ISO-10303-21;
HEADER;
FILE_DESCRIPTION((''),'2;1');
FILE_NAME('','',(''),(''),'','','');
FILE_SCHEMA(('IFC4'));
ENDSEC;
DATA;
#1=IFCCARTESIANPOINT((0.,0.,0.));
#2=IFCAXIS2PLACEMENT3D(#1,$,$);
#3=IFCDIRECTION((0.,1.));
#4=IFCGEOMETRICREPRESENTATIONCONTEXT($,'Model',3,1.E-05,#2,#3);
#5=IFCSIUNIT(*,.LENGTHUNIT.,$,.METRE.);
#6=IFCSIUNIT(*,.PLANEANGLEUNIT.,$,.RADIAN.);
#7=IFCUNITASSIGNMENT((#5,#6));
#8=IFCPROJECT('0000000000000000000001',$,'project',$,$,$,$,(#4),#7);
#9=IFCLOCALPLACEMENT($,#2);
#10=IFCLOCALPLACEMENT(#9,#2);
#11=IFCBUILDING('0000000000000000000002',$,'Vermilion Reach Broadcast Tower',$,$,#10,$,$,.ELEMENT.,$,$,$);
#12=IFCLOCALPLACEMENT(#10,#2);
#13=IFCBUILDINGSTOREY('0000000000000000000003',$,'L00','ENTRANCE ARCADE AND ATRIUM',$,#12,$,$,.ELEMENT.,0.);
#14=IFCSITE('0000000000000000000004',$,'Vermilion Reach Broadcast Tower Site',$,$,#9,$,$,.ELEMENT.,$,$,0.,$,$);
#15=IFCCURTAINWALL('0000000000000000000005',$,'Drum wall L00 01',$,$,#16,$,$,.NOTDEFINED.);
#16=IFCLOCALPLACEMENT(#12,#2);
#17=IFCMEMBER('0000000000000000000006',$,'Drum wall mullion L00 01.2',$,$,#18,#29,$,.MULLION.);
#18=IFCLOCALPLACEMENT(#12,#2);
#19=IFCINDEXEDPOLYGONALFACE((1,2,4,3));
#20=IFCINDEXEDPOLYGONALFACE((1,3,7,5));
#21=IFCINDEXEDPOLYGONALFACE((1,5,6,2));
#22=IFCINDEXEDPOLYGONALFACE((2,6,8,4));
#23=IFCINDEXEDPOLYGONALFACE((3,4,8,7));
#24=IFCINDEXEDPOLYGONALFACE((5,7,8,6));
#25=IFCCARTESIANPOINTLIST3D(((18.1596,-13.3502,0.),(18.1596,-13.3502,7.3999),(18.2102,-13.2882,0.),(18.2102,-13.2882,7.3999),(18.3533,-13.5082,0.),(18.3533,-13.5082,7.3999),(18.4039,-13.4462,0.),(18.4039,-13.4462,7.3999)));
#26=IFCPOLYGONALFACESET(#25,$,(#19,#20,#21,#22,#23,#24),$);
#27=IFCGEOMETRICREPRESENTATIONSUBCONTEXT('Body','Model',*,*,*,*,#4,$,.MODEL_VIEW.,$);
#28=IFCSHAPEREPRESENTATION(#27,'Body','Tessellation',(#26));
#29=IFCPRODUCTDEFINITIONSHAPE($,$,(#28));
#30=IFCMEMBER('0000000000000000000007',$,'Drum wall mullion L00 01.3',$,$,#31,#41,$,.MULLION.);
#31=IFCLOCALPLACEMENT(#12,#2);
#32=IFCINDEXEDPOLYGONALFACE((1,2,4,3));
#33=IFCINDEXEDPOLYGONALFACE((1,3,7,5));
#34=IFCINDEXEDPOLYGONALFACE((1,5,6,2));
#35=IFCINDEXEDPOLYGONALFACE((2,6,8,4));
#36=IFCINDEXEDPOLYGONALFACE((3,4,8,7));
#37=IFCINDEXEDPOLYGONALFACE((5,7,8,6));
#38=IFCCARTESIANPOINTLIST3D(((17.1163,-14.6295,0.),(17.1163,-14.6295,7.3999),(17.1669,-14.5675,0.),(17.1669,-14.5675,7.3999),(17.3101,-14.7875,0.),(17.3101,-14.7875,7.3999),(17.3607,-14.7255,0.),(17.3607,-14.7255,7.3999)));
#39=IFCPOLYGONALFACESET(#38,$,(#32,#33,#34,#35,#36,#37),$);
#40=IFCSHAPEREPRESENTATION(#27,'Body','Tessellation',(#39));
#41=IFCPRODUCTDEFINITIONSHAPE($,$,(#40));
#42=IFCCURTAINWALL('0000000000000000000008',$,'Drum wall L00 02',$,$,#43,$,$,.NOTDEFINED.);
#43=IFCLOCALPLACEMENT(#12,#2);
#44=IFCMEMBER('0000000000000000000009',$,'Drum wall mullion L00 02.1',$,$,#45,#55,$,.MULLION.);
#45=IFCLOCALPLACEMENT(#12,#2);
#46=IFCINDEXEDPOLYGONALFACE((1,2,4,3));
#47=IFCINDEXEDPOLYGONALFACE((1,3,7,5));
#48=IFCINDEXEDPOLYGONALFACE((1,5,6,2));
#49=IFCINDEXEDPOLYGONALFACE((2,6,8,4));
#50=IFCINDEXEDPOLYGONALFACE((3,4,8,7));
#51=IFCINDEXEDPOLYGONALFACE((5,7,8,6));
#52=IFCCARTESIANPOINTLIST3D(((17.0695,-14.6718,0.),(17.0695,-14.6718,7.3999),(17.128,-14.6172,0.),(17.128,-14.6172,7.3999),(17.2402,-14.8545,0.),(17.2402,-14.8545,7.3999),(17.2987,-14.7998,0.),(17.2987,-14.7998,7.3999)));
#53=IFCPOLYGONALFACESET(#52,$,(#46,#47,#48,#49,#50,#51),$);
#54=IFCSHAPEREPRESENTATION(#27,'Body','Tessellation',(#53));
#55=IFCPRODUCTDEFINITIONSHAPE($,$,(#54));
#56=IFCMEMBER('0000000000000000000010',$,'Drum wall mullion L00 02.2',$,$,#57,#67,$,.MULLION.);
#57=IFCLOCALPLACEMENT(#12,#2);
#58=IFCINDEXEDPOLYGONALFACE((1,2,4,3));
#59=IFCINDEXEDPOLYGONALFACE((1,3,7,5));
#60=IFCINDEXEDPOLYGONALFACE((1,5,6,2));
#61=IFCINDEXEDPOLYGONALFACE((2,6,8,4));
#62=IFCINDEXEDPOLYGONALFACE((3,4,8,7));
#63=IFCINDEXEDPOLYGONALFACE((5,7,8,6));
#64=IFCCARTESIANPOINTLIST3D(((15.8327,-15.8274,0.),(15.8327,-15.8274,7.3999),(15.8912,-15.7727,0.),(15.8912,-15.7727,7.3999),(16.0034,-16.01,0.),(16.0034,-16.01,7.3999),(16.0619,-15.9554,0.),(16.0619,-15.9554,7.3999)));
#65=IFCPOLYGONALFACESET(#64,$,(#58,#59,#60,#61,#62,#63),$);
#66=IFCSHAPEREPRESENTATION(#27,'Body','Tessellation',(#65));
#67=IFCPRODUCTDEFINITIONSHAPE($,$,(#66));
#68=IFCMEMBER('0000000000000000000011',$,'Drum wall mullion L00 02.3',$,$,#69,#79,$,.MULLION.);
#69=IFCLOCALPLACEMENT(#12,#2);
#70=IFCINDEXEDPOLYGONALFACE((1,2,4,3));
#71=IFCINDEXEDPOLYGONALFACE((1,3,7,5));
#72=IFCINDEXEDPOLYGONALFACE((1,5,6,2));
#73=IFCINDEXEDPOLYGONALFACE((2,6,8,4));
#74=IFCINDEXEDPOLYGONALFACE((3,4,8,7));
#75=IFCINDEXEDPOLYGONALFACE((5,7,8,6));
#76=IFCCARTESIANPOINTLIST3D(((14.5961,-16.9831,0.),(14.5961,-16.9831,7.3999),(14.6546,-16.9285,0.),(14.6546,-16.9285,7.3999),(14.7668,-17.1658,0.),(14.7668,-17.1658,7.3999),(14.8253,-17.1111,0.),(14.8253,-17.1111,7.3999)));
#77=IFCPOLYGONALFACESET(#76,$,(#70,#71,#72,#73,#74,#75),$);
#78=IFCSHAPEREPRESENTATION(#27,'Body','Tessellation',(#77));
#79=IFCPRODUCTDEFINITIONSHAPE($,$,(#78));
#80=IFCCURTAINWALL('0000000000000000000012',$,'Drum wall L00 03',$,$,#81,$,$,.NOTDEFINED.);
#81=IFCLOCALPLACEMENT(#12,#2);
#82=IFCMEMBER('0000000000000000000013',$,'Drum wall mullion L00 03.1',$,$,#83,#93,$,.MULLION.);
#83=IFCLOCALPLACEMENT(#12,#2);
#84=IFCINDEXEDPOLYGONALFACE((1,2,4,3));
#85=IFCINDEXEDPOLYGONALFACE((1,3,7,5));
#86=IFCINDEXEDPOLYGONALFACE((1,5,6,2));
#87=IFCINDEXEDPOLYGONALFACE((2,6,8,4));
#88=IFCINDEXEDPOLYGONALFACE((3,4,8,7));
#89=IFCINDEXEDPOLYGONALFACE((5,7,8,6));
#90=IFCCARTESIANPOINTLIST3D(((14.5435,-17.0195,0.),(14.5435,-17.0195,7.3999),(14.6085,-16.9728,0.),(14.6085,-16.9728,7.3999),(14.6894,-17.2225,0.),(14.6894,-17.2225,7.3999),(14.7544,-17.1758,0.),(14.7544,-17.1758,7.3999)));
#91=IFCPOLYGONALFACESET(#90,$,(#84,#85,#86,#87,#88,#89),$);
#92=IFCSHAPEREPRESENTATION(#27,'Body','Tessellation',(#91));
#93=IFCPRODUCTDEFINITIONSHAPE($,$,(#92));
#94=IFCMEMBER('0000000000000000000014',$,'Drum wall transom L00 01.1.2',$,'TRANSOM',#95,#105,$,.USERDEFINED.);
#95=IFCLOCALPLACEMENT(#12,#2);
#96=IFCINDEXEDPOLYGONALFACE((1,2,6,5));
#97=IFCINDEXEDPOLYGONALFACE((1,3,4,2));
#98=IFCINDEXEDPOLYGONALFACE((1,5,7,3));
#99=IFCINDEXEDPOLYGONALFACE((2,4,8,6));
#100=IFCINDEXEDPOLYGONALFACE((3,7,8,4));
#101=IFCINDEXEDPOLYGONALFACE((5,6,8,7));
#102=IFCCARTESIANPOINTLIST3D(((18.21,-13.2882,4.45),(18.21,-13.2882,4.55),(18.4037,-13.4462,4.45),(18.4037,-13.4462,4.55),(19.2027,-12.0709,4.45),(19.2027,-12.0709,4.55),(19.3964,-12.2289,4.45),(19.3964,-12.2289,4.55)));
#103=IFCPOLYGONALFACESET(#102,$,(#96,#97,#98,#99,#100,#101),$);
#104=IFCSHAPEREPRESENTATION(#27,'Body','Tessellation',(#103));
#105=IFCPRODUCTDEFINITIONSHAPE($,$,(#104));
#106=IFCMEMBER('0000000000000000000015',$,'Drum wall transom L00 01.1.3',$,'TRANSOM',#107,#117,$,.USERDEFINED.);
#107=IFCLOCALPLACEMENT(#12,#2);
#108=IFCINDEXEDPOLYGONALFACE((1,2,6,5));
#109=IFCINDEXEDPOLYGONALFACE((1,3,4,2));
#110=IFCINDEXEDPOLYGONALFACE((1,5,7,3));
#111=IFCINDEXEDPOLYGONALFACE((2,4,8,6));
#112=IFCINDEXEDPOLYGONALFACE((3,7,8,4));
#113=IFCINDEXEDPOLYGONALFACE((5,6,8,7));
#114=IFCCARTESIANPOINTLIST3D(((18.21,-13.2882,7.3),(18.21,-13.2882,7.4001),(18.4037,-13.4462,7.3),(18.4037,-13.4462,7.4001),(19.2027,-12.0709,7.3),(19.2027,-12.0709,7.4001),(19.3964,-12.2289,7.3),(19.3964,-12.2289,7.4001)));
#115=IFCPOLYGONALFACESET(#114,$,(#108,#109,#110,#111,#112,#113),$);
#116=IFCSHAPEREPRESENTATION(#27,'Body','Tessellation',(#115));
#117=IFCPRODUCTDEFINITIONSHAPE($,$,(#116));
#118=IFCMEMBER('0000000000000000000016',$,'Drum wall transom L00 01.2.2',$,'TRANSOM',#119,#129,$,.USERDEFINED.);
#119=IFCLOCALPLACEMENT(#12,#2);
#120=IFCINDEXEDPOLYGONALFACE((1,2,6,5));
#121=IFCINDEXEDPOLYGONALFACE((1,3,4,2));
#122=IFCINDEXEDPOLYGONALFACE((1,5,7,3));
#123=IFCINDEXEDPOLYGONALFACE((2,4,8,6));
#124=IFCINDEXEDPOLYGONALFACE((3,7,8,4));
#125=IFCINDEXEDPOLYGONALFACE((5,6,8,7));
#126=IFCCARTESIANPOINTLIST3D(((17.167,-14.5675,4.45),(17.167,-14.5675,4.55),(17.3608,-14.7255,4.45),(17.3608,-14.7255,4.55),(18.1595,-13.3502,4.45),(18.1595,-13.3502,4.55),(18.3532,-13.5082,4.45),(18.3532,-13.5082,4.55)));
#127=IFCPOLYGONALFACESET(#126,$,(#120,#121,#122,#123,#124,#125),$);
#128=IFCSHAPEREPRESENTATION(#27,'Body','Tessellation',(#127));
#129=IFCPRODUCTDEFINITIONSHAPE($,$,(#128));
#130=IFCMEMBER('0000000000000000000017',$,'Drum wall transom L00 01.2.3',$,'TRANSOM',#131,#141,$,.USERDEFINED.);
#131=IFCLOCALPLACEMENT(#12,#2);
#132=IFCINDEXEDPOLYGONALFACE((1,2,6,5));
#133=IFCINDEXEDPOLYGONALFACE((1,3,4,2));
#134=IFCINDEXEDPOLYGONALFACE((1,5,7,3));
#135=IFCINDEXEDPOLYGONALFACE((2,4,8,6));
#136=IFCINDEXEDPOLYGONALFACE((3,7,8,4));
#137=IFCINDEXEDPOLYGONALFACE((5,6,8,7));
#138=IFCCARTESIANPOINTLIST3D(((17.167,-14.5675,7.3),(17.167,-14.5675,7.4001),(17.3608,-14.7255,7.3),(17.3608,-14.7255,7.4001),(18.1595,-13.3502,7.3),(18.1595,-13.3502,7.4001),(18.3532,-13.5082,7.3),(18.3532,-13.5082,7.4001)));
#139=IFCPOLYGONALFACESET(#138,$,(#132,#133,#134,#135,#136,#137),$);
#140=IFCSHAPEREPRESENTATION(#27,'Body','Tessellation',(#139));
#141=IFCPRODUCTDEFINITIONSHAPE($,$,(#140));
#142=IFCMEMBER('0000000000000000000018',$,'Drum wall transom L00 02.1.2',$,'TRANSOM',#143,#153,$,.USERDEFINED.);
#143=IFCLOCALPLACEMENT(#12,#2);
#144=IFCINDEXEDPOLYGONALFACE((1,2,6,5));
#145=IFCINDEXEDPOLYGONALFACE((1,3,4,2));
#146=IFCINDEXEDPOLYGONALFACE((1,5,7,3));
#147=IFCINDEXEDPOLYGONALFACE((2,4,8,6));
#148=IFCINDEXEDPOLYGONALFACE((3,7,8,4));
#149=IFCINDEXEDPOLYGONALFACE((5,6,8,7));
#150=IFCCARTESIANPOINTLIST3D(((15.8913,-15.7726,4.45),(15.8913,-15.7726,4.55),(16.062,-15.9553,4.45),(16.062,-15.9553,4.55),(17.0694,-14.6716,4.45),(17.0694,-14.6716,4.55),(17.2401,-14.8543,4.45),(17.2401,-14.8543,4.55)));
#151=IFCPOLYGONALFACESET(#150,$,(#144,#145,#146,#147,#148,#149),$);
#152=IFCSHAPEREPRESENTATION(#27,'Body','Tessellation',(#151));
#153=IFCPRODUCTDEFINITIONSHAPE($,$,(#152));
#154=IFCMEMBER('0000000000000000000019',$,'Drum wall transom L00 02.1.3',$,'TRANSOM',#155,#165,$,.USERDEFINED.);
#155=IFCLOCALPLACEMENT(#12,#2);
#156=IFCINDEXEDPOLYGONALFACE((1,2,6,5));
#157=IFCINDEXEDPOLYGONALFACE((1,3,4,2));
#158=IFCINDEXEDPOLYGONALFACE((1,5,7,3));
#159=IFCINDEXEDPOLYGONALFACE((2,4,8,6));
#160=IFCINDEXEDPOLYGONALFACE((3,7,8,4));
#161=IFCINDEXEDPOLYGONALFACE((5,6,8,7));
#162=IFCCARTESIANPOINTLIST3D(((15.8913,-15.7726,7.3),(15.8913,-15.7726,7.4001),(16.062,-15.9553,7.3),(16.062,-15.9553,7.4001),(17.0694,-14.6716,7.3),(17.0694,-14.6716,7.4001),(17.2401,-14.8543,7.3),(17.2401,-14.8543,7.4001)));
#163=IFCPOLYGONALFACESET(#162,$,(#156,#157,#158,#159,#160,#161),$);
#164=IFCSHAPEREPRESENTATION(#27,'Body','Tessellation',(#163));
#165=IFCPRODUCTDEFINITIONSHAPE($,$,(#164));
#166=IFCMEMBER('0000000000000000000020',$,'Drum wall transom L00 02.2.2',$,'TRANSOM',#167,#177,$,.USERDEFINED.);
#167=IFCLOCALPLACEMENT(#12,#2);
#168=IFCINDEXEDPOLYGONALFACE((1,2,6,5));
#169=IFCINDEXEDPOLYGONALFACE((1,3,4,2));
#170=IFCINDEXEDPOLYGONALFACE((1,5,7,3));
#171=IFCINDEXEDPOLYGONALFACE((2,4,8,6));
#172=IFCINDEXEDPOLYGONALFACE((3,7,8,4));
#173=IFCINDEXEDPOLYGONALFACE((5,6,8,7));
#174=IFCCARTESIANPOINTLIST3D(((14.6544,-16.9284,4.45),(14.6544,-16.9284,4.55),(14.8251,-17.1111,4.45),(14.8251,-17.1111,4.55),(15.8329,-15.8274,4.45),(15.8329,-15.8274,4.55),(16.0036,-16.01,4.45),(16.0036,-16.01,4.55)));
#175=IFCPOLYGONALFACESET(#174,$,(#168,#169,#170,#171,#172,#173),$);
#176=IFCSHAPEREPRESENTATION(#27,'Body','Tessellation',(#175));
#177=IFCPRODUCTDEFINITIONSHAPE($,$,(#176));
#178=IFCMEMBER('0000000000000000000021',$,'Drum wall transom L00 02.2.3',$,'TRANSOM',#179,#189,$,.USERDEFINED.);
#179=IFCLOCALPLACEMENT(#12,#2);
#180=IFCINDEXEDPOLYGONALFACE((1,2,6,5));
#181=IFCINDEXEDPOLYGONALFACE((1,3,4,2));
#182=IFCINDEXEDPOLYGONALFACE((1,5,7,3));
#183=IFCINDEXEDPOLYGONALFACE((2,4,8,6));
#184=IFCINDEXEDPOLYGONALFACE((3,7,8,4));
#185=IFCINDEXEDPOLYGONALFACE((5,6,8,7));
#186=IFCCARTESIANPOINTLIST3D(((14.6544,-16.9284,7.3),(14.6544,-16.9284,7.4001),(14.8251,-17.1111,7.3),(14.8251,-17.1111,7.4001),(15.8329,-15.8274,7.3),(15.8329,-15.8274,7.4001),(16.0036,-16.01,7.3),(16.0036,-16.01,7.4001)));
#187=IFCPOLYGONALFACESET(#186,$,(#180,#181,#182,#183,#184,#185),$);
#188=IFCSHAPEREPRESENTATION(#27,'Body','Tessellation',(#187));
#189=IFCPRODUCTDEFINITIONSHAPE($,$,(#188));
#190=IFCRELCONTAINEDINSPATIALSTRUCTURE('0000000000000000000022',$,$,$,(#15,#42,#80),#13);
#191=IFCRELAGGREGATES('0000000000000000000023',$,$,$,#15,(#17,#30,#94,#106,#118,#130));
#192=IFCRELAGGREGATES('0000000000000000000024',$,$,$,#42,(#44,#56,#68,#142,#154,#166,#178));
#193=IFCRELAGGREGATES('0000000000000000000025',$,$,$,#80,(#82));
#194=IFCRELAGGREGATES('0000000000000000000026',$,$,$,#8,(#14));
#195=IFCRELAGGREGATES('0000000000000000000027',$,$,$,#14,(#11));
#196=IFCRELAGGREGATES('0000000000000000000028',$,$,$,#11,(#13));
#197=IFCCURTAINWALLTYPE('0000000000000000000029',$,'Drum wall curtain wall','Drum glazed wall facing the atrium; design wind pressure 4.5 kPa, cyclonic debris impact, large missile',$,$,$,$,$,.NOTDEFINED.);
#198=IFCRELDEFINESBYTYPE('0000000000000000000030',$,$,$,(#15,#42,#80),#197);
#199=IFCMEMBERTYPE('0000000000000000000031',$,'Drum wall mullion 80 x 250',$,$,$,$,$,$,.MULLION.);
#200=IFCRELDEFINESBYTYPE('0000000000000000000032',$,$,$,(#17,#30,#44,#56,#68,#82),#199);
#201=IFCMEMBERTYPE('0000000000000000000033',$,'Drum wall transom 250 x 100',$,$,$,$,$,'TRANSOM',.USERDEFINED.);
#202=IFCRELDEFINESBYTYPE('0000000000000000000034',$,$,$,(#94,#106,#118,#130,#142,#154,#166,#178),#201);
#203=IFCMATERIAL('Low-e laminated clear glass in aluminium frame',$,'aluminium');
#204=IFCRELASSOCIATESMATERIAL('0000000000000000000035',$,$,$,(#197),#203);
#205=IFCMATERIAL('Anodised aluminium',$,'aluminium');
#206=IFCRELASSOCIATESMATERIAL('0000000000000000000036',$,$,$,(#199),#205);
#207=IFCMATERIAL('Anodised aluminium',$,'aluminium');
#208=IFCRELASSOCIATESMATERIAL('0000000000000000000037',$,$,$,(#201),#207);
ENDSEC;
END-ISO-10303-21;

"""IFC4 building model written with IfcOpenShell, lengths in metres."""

from ifc_helpers import new_model, si_unit, direction, frame, origin, origin_2d, place, context, subcontext, project, spatial, rectangle, extrude, material, material_profile, profile_set, type_object, element, aggregate, save


model = new_model("IFC4")

# Units and contexts
model_context = context("Model", 3, precision=1e-05, world=origin(), true_north=direction((0.0, 1.0)))
body_context = subcontext(model_context, "Body", "Model", "MODEL_VIEW")
ifc_project = project(units=[si_unit("LENGTHUNIT", "METRE"), si_unit("PLANEANGLEUNIT", "RADIAN")], contexts=[model_context])

# Site, building, storey
site_placement = place(None, origin())
site = spatial("IfcSite", under=ifc_project, at=site_placement, Name="Vermilion Reach Broadcast Tower Site", CompositionType="ELEMENT", RefElevation=0.0)
building_placement = place(site_placement, origin())
building = spatial("IfcBuilding", under=site, at=building_placement, Name="Vermilion Reach Broadcast Tower", CompositionType="ELEMENT")
storey_placement = place(building_placement, origin())
storey = spatial("IfcBuildingStorey", under=building, at=storey_placement, Name="L00", Description="ENTRANCE ARCADE AND ATRIUM", CompositionType="ELEMENT", Elevation=0.0)

# Curtain walls, members
ifc_material_1 = material(Name="Low-e laminated clear glass in aluminium frame", Category="aluminium")
curtain_wall_type = type_object("IfcCurtainWallType", Name="Drum wall curtain wall", Description="Drum glazed wall facing the atrium; design wind pressure 4.5 kPa, cyclonic debris impact, large missile", PredefinedType="NOTDEFINED", material=ifc_material_1)
placement = place(storey_placement, origin())
curtain_wall_1 = element("IfcCurtainWall", 1, at=placement, inside=storey, type_object=curtain_wall_type, Name="Drum wall L00 01", PredefinedType="NOTDEFINED")
ifc_material_2 = material(Name="Anodised aluminium", Category="aluminium")
ifc_material_profile_1 = material_profile(ifc_material_2, rectangle(XDim=0.25, YDim=0.0801, at=origin_2d()), Name="Drum wall mullion 80 x 250")
ifc_profile_set_1 = profile_set([ifc_material_profile_1], Name="Anodised aluminium")
member_type_1 = type_object("IfcMemberType", Name="Drum wall mullion 80 x 250", PredefinedType="MULLION", material=ifc_profile_set_1)
member_1_placement = place(storey_placement, frame((18.2817, -13.3982, 0.0), z_axis=(0.0, 0.0, 1.0), x_axis=(0.775025, -0.631931, 0.0)))
member_1 = element("IfcMember", 2, at=member_1_placement, type_object=member_type_1, Name="Drum wall mullion L00 01.2", PredefinedType="MULLION", context=body_context, shape_type="SweptSolid", body=[
    extrude(rectangle(XDim=0.25, YDim=0.0801, at=origin_2d()), origin(), (0.0, 0.0, 1.0), 7.3999),
])
member_2_placement = place(storey_placement, frame((17.2385, -14.6775, 0.0), z_axis=(0.0, 0.0, 1.0), x_axis=(0.775025, -0.631931, 0.0)))
member_2 = element("IfcMember", 3, at=member_2_placement, type_object=member_type_1, Name="Drum wall mullion L00 01.3", PredefinedType="MULLION", context=body_context, shape_type="SweptSolid", body=[
    extrude(rectangle(XDim=0.25, YDim=0.0801, at=origin_2d()), origin(), (0.0, 0.0, 1.0), 7.3999),
])
curtain_wall_2 = element("IfcCurtainWall", 4, at=placement, inside=storey, type_object=curtain_wall_type, Name="Drum wall L00 02", PredefinedType="NOTDEFINED")
member_3_placement = place(storey_placement, frame((17.1841, -14.7358, 0.0), z_axis=(0.0, 0.0, 1.0), x_axis=(0.682748, -0.730654, 0.0)))
member_3 = element("IfcMember", 5, at=member_3_placement, type_object=member_type_1, Name="Drum wall mullion L00 02.1", PredefinedType="MULLION", context=body_context, shape_type="SweptSolid", body=[
    extrude(rectangle(XDim=0.25, YDim=0.0801, at=origin_2d()), origin(), (0.0, 0.0, 1.0), 7.3999),
])
member_4_placement = place(storey_placement, frame((15.9473, -15.8914, 0.0), z_axis=(0.0, 0.0, 1.0), x_axis=(0.682748, -0.730654, 0.0)))
member_4 = element("IfcMember", 6, at=member_4_placement, type_object=member_type_1, Name="Drum wall mullion L00 02.2", PredefinedType="MULLION", context=body_context, shape_type="SweptSolid", body=[
    extrude(rectangle(XDim=0.25, YDim=0.0801, at=origin_2d()), origin(), (0.0, 0.0, 1.0), 7.3999),
])
member_5_placement = place(storey_placement, frame((14.7107, -17.0471, 0.0), z_axis=(0.0, 0.0, 1.0), x_axis=(0.682748, -0.730654, 0.0)))
member_5 = element("IfcMember", 7, at=member_5_placement, type_object=member_type_1, Name="Drum wall mullion L00 02.3", PredefinedType="MULLION", context=body_context, shape_type="SweptSolid", body=[
    extrude(rectangle(XDim=0.25, YDim=0.0801, at=origin_2d()), origin(), (0.0, 0.0, 1.0), 7.3999),
])

# Curtain wall, member
curtain_wall_3 = element("IfcCurtainWall", 8, at=placement, inside=storey, type_object=curtain_wall_type, Name="Drum wall L00 03", PredefinedType="NOTDEFINED")
member_6_placement = place(storey_placement, frame((14.6489, -17.0977, 0.0), z_axis=(0.0, 0.0, 1.0), x_axis=(0.583587, -0.812051, 0.0)))
member_6 = element("IfcMember", 9, at=member_6_placement, type_object=member_type_1, Name="Drum wall mullion L00 03.1", PredefinedType="MULLION", context=body_context, shape_type="SweptSolid", body=[
    extrude(rectangle(XDim=0.25, YDim=0.0801, at=origin_2d()), origin(), (0.0, 0.0, 1.0), 7.3999),
])

# Members
ifc_material_3 = material(Name="Anodised aluminium", Category="aluminium")
ifc_material_profile_2 = material_profile(ifc_material_3, rectangle(XDim=0.25, YDim=0.1001, at=origin_2d()), Name="Drum wall transom 250 x 100")
ifc_profile_set_2 = profile_set([ifc_material_profile_2], Name="Anodised aluminium")
member_type_2 = type_object("IfcMemberType", Name="Drum wall transom 250 x 100", ElementType="TRANSOM", PredefinedType="USERDEFINED", material=ifc_profile_set_2)
member_7_placement = place(storey_placement, frame((19.2996, -12.1499, 4.5), z_axis=(-0.631984, -0.774981, 0.0), x_axis=(0.774981, -0.631984, 0.0)))
member_7 = element("IfcMember", 10, at=member_7_placement, type_object=member_type_2, Name="Drum wall transom L00 01.1.2", ObjectType="TRANSOM", PredefinedType="USERDEFINED", context=body_context, shape_type="SweptSolid", body=[
    extrude(rectangle(XDim=0.25, YDim=0.1001, at=origin_2d()), origin(), (0.0, 0.0, 1.0), 1.5708),
])
member_8_placement = place(storey_placement, frame((19.2996, -12.1499, 7.3501), z_axis=(-0.631984, -0.774981, 0.0), x_axis=(0.774981, -0.631984, 0.0)))
member_8 = element("IfcMember", 11, at=member_8_placement, type_object=member_type_2, Name="Drum wall transom L00 01.1.3", ObjectType="TRANSOM", PredefinedType="USERDEFINED", context=body_context, shape_type="SweptSolid", body=[
    extrude(rectangle(XDim=0.25, YDim=0.1001, at=origin_2d()), origin(), (0.0, 0.0, 1.0), 1.5708),
])
member_9_placement = place(storey_placement, frame((18.2563, -13.4292, 4.5), z_axis=(-0.631891, -0.775057, 0.0), x_axis=(0.775057, -0.631891, 0.0)))
member_9 = element("IfcMember", 12, at=member_9_placement, type_object=member_type_2, Name="Drum wall transom L00 01.2.2", ObjectType="TRANSOM", PredefinedType="USERDEFINED", context=body_context, shape_type="SweptSolid", body=[
    extrude(rectangle(XDim=0.25, YDim=0.1001, at=origin_2d()), origin(), (0.0, 0.0, 1.0), 1.5706),
])
member_10_placement = place(storey_placement, frame((18.2563, -13.4292, 7.3501), z_axis=(-0.631891, -0.775057, 0.0), x_axis=(0.775057, -0.631891, 0.0)))
member_10 = element("IfcMember", 13, at=member_10_placement, type_object=member_type_2, Name="Drum wall transom L00 01.2.3", ObjectType="TRANSOM", PredefinedType="USERDEFINED", context=body_context, shape_type="SweptSolid", body=[
    extrude(rectangle(XDim=0.25, YDim=0.1001, at=origin_2d()), origin(), (0.0, 0.0, 1.0), 1.5706),
])
member_11_placement = place(storey_placement, frame((17.1548, -14.7629, 4.5), z_axis=(-0.730622, -0.682782, 0.0), x_axis=(0.682782, -0.730622, 0.0)))
member_11 = element("IfcMember", 14, at=member_11_placement, type_object=member_type_2, Name="Drum wall transom L00 02.1.2", ObjectType="TRANSOM", PredefinedType="USERDEFINED", context=body_context, shape_type="SweptSolid", body=[
    extrude(rectangle(XDim=0.25, YDim=0.1001, at=origin_2d()), origin(), (0.0, 0.0, 1.0), 1.6125),
])
member_12_placement = place(storey_placement, frame((17.1548, -14.7629, 7.3501), z_axis=(-0.730622, -0.682782, 0.0), x_axis=(0.682782, -0.730622, 0.0)))
member_12 = element("IfcMember", 15, at=member_12_placement, type_object=member_type_2, Name="Drum wall transom L00 02.1.3", ObjectType="TRANSOM", PredefinedType="USERDEFINED", context=body_context, shape_type="SweptSolid", body=[
    extrude(rectangle(XDim=0.25, YDim=0.1001, at=origin_2d()), origin(), (0.0, 0.0, 1.0), 1.6125),
])
member_13_placement = place(storey_placement, frame((15.9182, -15.9187, 4.5), z_axis=(-0.730693, -0.682706, 0.0), x_axis=(0.682706, -0.730693, 0.0)))
member_13 = element("IfcMember", 16, at=member_13_placement, type_object=member_type_2, Name="Drum wall transom L00 02.2.2", ObjectType="TRANSOM", PredefinedType="USERDEFINED", context=body_context, shape_type="SweptSolid", body=[
    extrude(rectangle(XDim=0.25, YDim=0.1001, at=origin_2d()), origin(), (0.0, 0.0, 1.0), 1.6128),
])
member_14_placement = place(storey_placement, frame((15.9182, -15.9187, 7.3501), z_axis=(-0.730693, -0.682706, 0.0), x_axis=(0.682706, -0.730693, 0.0)))
member_14 = element("IfcMember", 17, at=member_14_placement, type_object=member_type_2, Name="Drum wall transom L00 02.2.3", ObjectType="TRANSOM", PredefinedType="USERDEFINED", context=body_context, shape_type="SweptSolid", body=[
    extrude(rectangle(XDim=0.25, YDim=0.1001, at=origin_2d()), origin(), (0.0, 0.0, 1.0), 1.6128),
])

aggregate(curtain_wall_1, [member_1, member_2, member_7, member_8, member_9, member_10])
aggregate(curtain_wall_2, [member_3, member_4, member_5, member_11, member_12, member_13, member_14])
aggregate(curtain_wall_3, [member_6])

save(model, "model.ifc")
